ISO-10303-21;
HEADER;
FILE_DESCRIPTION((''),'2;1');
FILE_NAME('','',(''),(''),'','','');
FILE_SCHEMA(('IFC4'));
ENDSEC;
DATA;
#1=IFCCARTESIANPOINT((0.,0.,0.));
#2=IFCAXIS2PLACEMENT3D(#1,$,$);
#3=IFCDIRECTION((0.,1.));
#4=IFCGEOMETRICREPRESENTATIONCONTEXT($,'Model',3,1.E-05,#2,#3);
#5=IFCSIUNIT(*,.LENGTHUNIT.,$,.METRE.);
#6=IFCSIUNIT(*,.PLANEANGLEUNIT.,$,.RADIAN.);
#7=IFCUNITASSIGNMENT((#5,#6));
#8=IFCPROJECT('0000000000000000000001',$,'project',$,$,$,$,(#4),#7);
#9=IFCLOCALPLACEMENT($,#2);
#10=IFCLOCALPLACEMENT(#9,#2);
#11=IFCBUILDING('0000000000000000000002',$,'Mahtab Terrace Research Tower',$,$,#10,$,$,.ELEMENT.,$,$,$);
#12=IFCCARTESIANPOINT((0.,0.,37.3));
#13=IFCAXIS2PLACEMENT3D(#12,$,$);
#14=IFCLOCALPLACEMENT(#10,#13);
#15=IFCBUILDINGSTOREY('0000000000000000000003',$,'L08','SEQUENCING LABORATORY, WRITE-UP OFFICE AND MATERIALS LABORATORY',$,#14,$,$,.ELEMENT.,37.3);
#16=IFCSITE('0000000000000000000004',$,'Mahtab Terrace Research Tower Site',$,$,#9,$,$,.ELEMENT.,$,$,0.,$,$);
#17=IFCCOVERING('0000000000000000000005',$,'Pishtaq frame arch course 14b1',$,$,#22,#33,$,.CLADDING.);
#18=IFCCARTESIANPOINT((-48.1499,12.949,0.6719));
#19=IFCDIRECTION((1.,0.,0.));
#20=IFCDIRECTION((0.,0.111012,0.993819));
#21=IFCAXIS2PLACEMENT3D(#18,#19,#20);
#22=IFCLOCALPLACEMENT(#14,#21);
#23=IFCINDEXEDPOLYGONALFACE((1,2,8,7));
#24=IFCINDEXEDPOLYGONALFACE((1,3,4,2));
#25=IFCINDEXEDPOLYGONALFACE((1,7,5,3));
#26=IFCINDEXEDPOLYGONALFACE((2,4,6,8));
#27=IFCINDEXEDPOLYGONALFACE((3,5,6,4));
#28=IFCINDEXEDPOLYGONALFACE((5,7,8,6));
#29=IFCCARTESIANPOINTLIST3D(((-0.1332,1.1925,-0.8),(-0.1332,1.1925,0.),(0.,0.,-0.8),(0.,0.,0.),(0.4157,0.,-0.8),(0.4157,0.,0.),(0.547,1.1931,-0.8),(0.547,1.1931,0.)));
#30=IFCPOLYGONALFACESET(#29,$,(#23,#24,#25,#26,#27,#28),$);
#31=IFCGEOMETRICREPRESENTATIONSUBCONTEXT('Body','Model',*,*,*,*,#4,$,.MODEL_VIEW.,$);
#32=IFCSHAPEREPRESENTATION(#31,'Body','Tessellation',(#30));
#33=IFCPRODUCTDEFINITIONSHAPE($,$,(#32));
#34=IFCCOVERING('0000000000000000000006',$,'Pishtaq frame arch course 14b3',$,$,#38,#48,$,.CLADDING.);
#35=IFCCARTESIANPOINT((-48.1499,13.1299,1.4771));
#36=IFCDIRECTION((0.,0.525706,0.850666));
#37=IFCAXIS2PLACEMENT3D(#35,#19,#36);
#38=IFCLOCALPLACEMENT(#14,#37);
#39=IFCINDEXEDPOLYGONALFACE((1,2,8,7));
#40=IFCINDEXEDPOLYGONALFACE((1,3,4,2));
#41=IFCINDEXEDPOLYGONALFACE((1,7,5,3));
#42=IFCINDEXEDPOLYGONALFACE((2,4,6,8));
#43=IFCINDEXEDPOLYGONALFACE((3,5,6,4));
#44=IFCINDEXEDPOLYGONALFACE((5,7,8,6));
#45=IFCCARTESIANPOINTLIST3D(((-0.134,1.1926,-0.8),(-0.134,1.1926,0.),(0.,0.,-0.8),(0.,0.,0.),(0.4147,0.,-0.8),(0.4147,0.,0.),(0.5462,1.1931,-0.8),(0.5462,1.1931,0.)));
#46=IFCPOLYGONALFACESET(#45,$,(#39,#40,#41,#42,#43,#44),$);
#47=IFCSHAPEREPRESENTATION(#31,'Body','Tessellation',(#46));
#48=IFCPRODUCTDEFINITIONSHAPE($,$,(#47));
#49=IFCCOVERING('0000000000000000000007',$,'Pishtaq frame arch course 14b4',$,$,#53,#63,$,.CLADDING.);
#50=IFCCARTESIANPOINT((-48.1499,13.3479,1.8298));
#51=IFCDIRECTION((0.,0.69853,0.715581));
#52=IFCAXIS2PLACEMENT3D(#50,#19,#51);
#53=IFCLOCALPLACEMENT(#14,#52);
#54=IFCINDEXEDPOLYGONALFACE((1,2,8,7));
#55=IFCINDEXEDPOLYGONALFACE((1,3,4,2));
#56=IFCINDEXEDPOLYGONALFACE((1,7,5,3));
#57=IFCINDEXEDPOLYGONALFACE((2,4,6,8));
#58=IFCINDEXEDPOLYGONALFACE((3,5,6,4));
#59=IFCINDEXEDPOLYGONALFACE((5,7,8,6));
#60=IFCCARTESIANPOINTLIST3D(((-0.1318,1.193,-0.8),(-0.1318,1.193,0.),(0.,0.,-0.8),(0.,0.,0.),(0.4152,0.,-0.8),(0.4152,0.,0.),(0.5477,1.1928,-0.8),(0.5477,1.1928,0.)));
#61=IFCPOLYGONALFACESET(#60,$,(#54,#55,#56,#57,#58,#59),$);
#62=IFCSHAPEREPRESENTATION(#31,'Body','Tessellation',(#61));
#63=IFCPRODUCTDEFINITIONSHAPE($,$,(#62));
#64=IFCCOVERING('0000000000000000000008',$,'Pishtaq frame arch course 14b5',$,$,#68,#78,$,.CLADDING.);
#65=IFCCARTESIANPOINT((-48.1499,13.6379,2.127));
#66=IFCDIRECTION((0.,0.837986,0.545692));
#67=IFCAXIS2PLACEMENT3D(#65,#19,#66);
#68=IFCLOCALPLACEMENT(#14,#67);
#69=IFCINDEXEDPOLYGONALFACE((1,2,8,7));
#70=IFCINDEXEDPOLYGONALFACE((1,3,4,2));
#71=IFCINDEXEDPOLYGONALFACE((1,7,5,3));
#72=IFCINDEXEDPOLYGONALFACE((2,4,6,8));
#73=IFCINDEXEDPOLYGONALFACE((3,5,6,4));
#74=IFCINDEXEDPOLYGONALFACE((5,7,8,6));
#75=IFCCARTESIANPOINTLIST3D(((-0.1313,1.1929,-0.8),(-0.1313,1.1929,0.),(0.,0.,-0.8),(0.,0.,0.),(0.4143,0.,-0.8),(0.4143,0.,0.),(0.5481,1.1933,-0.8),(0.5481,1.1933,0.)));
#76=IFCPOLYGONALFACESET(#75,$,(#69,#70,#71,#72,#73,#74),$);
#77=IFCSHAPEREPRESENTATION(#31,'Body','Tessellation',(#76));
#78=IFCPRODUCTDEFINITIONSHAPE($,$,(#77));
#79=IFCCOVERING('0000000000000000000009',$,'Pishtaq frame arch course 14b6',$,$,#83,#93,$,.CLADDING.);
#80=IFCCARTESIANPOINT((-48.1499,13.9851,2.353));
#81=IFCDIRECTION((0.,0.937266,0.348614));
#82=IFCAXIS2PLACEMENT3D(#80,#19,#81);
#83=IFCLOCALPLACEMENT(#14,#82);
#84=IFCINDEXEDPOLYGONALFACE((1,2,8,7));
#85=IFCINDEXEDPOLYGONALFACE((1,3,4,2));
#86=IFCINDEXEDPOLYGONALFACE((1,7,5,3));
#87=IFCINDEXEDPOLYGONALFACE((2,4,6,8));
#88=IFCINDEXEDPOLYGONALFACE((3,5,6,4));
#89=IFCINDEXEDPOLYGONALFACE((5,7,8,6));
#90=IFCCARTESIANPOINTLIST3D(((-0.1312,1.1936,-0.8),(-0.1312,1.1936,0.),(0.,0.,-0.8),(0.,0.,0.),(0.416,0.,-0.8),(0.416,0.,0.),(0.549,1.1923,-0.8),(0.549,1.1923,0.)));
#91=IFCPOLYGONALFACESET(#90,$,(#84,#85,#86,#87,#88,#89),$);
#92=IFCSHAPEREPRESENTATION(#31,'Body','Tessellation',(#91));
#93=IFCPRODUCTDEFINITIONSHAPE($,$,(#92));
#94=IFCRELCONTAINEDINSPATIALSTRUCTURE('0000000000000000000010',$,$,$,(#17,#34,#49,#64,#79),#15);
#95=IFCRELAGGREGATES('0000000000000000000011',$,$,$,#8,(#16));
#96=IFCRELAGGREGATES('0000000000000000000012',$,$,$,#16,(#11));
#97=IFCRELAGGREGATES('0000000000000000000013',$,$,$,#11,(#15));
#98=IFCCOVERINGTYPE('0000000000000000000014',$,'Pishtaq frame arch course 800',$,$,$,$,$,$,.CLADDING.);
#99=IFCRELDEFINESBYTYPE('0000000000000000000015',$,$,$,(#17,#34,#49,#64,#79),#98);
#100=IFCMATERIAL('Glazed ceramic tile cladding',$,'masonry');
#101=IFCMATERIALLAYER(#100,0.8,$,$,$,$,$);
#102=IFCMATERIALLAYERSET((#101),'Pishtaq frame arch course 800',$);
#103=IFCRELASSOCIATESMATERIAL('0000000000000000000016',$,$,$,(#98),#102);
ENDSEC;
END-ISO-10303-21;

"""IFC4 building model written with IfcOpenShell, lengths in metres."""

from ifc_helpers import new_model, si_unit, direction, frame, origin, place, context, subcontext, project, spatial, polyline, outline, extrude, material, layer, layer_set, type_object, element, save


model = new_model("IFC4")

# Units and contexts
model_context = context("Model", 3, precision=1e-05, world=origin(), true_north=direction((0.0, 1.0)))
body_context = subcontext(model_context, "Body", "Model", "MODEL_VIEW")
ifc_project = project(units=[si_unit("LENGTHUNIT", "METRE"), si_unit("PLANEANGLEUNIT", "RADIAN")], contexts=[model_context])

# Site, building, storey
site_placement = place(None, origin())
site = spatial("IfcSite", under=ifc_project, at=site_placement, Name="Mahtab Terrace Research Tower Site", CompositionType="ELEMENT", RefElevation=0.0)
building_placement = place(site_placement, origin())
building = spatial("IfcBuilding", under=site, at=building_placement, Name="Mahtab Terrace Research Tower", CompositionType="ELEMENT")
storey_placement = place(building_placement, frame((0.0, 0.0, 37.3)))
storey = spatial("IfcBuildingStorey", under=building, at=storey_placement, Name="L08", Description="SEQUENCING LABORATORY, WRITE-UP OFFICE AND MATERIALS LABORATORY", CompositionType="ELEMENT", Elevation=37.3)

# Coverings
ifc_material_1 = material(Name="Glazed ceramic tile cladding", Category="masonry")
ifc_layer_1 = layer(ifc_material_1, 0.8)
ifc_layer_set_1 = layer_set([ifc_layer_1], Name="Pishtaq frame arch course 800")
covering_type_1 = type_object("IfcCoveringType", Name="Pishtaq frame arch course 800", PredefinedType="CLADDING", material=ifc_layer_set_1)
covering_1_placement = place(storey_placement, frame((-48.1499, 12.949, 0.6719), z_axis=(1.0, 0.0, 0.0), x_axis=(0.0, 0.111012, 0.993819)))
element("IfcCovering", 1, at=covering_1_placement, inside=storey, type_object=covering_type_1, Name="Pishtaq frame arch course 14b1", PredefinedType="CLADDING", context=body_context, shape_type="SweptSolid", body=[
    extrude(outline(polyline([(0.0, 0.0), (0.4157, 0.0), (0.547, 1.1931), (-0.1332, 1.1925), (0.0, 0.0)])), origin(), (0.0, 0.0, -1.0), 0.8),
])
covering_2_placement = place(storey_placement, frame((-48.1499, 13.1299, 1.4771), z_axis=(1.0, 0.0, 0.0), x_axis=(0.0, 0.525706, 0.850666)))
element("IfcCovering", 2, at=covering_2_placement, inside=storey, type_object=covering_type_1, Name="Pishtaq frame arch course 14b3", PredefinedType="CLADDING", context=body_context, shape_type="SweptSolid", body=[
    extrude(outline(polyline([(0.0, 0.0), (0.4147, 0.0), (0.5462, 1.1931), (-0.134, 1.1926), (0.0, 0.0)])), origin(), (0.0, 0.0, -1.0), 0.8),
])
covering_3_placement = place(storey_placement, frame((-48.1499, 13.3479, 1.8298), z_axis=(1.0, 0.0, 0.0), x_axis=(0.0, 0.69853, 0.715581)))
element("IfcCovering", 3, at=covering_3_placement, inside=storey, type_object=covering_type_1, Name="Pishtaq frame arch course 14b4", PredefinedType="CLADDING", context=body_context, shape_type="SweptSolid", body=[
    extrude(outline(polyline([(0.0, 0.0), (0.4152, 0.0), (0.5477, 1.1928), (-0.1318, 1.193), (0.0, 0.0)])), origin(), (0.0, 0.0, -1.0), 0.8),
])
covering_4_placement = place(storey_placement, frame((-48.1499, 13.6379, 2.127), z_axis=(1.0, 0.0, 0.0), x_axis=(0.0, 0.837986, 0.545692)))
element("IfcCovering", 4, at=covering_4_placement, inside=storey, type_object=covering_type_1, Name="Pishtaq frame arch course 14b5", PredefinedType="CLADDING", context=body_context, shape_type="SweptSolid", body=[
    extrude(outline(polyline([(0.0, 0.0), (0.4143, 0.0), (0.5481, 1.1933), (-0.1313, 1.1929), (0.0, 0.0)])), origin(), (0.0, 0.0, -1.0), 0.8),
])
covering_5_placement = place(storey_placement, frame((-48.1499, 13.9851, 2.353), z_axis=(1.0, 0.0, 0.0), x_axis=(0.0, 0.937266, 0.348614)))
element("IfcCovering", 5, at=covering_5_placement, inside=storey, type_object=covering_type_1, Name="Pishtaq frame arch course 14b6", PredefinedType="CLADDING", context=body_context, shape_type="SweptSolid", body=[
    extrude(outline(polyline([(0.0, 0.0), (0.416, 0.0), (0.549, 1.1923), (-0.1312, 1.1936), (0.0, 0.0)])), origin(), (0.0, 0.0, -1.0), 0.8),
])

save(model, "model.ifc")
